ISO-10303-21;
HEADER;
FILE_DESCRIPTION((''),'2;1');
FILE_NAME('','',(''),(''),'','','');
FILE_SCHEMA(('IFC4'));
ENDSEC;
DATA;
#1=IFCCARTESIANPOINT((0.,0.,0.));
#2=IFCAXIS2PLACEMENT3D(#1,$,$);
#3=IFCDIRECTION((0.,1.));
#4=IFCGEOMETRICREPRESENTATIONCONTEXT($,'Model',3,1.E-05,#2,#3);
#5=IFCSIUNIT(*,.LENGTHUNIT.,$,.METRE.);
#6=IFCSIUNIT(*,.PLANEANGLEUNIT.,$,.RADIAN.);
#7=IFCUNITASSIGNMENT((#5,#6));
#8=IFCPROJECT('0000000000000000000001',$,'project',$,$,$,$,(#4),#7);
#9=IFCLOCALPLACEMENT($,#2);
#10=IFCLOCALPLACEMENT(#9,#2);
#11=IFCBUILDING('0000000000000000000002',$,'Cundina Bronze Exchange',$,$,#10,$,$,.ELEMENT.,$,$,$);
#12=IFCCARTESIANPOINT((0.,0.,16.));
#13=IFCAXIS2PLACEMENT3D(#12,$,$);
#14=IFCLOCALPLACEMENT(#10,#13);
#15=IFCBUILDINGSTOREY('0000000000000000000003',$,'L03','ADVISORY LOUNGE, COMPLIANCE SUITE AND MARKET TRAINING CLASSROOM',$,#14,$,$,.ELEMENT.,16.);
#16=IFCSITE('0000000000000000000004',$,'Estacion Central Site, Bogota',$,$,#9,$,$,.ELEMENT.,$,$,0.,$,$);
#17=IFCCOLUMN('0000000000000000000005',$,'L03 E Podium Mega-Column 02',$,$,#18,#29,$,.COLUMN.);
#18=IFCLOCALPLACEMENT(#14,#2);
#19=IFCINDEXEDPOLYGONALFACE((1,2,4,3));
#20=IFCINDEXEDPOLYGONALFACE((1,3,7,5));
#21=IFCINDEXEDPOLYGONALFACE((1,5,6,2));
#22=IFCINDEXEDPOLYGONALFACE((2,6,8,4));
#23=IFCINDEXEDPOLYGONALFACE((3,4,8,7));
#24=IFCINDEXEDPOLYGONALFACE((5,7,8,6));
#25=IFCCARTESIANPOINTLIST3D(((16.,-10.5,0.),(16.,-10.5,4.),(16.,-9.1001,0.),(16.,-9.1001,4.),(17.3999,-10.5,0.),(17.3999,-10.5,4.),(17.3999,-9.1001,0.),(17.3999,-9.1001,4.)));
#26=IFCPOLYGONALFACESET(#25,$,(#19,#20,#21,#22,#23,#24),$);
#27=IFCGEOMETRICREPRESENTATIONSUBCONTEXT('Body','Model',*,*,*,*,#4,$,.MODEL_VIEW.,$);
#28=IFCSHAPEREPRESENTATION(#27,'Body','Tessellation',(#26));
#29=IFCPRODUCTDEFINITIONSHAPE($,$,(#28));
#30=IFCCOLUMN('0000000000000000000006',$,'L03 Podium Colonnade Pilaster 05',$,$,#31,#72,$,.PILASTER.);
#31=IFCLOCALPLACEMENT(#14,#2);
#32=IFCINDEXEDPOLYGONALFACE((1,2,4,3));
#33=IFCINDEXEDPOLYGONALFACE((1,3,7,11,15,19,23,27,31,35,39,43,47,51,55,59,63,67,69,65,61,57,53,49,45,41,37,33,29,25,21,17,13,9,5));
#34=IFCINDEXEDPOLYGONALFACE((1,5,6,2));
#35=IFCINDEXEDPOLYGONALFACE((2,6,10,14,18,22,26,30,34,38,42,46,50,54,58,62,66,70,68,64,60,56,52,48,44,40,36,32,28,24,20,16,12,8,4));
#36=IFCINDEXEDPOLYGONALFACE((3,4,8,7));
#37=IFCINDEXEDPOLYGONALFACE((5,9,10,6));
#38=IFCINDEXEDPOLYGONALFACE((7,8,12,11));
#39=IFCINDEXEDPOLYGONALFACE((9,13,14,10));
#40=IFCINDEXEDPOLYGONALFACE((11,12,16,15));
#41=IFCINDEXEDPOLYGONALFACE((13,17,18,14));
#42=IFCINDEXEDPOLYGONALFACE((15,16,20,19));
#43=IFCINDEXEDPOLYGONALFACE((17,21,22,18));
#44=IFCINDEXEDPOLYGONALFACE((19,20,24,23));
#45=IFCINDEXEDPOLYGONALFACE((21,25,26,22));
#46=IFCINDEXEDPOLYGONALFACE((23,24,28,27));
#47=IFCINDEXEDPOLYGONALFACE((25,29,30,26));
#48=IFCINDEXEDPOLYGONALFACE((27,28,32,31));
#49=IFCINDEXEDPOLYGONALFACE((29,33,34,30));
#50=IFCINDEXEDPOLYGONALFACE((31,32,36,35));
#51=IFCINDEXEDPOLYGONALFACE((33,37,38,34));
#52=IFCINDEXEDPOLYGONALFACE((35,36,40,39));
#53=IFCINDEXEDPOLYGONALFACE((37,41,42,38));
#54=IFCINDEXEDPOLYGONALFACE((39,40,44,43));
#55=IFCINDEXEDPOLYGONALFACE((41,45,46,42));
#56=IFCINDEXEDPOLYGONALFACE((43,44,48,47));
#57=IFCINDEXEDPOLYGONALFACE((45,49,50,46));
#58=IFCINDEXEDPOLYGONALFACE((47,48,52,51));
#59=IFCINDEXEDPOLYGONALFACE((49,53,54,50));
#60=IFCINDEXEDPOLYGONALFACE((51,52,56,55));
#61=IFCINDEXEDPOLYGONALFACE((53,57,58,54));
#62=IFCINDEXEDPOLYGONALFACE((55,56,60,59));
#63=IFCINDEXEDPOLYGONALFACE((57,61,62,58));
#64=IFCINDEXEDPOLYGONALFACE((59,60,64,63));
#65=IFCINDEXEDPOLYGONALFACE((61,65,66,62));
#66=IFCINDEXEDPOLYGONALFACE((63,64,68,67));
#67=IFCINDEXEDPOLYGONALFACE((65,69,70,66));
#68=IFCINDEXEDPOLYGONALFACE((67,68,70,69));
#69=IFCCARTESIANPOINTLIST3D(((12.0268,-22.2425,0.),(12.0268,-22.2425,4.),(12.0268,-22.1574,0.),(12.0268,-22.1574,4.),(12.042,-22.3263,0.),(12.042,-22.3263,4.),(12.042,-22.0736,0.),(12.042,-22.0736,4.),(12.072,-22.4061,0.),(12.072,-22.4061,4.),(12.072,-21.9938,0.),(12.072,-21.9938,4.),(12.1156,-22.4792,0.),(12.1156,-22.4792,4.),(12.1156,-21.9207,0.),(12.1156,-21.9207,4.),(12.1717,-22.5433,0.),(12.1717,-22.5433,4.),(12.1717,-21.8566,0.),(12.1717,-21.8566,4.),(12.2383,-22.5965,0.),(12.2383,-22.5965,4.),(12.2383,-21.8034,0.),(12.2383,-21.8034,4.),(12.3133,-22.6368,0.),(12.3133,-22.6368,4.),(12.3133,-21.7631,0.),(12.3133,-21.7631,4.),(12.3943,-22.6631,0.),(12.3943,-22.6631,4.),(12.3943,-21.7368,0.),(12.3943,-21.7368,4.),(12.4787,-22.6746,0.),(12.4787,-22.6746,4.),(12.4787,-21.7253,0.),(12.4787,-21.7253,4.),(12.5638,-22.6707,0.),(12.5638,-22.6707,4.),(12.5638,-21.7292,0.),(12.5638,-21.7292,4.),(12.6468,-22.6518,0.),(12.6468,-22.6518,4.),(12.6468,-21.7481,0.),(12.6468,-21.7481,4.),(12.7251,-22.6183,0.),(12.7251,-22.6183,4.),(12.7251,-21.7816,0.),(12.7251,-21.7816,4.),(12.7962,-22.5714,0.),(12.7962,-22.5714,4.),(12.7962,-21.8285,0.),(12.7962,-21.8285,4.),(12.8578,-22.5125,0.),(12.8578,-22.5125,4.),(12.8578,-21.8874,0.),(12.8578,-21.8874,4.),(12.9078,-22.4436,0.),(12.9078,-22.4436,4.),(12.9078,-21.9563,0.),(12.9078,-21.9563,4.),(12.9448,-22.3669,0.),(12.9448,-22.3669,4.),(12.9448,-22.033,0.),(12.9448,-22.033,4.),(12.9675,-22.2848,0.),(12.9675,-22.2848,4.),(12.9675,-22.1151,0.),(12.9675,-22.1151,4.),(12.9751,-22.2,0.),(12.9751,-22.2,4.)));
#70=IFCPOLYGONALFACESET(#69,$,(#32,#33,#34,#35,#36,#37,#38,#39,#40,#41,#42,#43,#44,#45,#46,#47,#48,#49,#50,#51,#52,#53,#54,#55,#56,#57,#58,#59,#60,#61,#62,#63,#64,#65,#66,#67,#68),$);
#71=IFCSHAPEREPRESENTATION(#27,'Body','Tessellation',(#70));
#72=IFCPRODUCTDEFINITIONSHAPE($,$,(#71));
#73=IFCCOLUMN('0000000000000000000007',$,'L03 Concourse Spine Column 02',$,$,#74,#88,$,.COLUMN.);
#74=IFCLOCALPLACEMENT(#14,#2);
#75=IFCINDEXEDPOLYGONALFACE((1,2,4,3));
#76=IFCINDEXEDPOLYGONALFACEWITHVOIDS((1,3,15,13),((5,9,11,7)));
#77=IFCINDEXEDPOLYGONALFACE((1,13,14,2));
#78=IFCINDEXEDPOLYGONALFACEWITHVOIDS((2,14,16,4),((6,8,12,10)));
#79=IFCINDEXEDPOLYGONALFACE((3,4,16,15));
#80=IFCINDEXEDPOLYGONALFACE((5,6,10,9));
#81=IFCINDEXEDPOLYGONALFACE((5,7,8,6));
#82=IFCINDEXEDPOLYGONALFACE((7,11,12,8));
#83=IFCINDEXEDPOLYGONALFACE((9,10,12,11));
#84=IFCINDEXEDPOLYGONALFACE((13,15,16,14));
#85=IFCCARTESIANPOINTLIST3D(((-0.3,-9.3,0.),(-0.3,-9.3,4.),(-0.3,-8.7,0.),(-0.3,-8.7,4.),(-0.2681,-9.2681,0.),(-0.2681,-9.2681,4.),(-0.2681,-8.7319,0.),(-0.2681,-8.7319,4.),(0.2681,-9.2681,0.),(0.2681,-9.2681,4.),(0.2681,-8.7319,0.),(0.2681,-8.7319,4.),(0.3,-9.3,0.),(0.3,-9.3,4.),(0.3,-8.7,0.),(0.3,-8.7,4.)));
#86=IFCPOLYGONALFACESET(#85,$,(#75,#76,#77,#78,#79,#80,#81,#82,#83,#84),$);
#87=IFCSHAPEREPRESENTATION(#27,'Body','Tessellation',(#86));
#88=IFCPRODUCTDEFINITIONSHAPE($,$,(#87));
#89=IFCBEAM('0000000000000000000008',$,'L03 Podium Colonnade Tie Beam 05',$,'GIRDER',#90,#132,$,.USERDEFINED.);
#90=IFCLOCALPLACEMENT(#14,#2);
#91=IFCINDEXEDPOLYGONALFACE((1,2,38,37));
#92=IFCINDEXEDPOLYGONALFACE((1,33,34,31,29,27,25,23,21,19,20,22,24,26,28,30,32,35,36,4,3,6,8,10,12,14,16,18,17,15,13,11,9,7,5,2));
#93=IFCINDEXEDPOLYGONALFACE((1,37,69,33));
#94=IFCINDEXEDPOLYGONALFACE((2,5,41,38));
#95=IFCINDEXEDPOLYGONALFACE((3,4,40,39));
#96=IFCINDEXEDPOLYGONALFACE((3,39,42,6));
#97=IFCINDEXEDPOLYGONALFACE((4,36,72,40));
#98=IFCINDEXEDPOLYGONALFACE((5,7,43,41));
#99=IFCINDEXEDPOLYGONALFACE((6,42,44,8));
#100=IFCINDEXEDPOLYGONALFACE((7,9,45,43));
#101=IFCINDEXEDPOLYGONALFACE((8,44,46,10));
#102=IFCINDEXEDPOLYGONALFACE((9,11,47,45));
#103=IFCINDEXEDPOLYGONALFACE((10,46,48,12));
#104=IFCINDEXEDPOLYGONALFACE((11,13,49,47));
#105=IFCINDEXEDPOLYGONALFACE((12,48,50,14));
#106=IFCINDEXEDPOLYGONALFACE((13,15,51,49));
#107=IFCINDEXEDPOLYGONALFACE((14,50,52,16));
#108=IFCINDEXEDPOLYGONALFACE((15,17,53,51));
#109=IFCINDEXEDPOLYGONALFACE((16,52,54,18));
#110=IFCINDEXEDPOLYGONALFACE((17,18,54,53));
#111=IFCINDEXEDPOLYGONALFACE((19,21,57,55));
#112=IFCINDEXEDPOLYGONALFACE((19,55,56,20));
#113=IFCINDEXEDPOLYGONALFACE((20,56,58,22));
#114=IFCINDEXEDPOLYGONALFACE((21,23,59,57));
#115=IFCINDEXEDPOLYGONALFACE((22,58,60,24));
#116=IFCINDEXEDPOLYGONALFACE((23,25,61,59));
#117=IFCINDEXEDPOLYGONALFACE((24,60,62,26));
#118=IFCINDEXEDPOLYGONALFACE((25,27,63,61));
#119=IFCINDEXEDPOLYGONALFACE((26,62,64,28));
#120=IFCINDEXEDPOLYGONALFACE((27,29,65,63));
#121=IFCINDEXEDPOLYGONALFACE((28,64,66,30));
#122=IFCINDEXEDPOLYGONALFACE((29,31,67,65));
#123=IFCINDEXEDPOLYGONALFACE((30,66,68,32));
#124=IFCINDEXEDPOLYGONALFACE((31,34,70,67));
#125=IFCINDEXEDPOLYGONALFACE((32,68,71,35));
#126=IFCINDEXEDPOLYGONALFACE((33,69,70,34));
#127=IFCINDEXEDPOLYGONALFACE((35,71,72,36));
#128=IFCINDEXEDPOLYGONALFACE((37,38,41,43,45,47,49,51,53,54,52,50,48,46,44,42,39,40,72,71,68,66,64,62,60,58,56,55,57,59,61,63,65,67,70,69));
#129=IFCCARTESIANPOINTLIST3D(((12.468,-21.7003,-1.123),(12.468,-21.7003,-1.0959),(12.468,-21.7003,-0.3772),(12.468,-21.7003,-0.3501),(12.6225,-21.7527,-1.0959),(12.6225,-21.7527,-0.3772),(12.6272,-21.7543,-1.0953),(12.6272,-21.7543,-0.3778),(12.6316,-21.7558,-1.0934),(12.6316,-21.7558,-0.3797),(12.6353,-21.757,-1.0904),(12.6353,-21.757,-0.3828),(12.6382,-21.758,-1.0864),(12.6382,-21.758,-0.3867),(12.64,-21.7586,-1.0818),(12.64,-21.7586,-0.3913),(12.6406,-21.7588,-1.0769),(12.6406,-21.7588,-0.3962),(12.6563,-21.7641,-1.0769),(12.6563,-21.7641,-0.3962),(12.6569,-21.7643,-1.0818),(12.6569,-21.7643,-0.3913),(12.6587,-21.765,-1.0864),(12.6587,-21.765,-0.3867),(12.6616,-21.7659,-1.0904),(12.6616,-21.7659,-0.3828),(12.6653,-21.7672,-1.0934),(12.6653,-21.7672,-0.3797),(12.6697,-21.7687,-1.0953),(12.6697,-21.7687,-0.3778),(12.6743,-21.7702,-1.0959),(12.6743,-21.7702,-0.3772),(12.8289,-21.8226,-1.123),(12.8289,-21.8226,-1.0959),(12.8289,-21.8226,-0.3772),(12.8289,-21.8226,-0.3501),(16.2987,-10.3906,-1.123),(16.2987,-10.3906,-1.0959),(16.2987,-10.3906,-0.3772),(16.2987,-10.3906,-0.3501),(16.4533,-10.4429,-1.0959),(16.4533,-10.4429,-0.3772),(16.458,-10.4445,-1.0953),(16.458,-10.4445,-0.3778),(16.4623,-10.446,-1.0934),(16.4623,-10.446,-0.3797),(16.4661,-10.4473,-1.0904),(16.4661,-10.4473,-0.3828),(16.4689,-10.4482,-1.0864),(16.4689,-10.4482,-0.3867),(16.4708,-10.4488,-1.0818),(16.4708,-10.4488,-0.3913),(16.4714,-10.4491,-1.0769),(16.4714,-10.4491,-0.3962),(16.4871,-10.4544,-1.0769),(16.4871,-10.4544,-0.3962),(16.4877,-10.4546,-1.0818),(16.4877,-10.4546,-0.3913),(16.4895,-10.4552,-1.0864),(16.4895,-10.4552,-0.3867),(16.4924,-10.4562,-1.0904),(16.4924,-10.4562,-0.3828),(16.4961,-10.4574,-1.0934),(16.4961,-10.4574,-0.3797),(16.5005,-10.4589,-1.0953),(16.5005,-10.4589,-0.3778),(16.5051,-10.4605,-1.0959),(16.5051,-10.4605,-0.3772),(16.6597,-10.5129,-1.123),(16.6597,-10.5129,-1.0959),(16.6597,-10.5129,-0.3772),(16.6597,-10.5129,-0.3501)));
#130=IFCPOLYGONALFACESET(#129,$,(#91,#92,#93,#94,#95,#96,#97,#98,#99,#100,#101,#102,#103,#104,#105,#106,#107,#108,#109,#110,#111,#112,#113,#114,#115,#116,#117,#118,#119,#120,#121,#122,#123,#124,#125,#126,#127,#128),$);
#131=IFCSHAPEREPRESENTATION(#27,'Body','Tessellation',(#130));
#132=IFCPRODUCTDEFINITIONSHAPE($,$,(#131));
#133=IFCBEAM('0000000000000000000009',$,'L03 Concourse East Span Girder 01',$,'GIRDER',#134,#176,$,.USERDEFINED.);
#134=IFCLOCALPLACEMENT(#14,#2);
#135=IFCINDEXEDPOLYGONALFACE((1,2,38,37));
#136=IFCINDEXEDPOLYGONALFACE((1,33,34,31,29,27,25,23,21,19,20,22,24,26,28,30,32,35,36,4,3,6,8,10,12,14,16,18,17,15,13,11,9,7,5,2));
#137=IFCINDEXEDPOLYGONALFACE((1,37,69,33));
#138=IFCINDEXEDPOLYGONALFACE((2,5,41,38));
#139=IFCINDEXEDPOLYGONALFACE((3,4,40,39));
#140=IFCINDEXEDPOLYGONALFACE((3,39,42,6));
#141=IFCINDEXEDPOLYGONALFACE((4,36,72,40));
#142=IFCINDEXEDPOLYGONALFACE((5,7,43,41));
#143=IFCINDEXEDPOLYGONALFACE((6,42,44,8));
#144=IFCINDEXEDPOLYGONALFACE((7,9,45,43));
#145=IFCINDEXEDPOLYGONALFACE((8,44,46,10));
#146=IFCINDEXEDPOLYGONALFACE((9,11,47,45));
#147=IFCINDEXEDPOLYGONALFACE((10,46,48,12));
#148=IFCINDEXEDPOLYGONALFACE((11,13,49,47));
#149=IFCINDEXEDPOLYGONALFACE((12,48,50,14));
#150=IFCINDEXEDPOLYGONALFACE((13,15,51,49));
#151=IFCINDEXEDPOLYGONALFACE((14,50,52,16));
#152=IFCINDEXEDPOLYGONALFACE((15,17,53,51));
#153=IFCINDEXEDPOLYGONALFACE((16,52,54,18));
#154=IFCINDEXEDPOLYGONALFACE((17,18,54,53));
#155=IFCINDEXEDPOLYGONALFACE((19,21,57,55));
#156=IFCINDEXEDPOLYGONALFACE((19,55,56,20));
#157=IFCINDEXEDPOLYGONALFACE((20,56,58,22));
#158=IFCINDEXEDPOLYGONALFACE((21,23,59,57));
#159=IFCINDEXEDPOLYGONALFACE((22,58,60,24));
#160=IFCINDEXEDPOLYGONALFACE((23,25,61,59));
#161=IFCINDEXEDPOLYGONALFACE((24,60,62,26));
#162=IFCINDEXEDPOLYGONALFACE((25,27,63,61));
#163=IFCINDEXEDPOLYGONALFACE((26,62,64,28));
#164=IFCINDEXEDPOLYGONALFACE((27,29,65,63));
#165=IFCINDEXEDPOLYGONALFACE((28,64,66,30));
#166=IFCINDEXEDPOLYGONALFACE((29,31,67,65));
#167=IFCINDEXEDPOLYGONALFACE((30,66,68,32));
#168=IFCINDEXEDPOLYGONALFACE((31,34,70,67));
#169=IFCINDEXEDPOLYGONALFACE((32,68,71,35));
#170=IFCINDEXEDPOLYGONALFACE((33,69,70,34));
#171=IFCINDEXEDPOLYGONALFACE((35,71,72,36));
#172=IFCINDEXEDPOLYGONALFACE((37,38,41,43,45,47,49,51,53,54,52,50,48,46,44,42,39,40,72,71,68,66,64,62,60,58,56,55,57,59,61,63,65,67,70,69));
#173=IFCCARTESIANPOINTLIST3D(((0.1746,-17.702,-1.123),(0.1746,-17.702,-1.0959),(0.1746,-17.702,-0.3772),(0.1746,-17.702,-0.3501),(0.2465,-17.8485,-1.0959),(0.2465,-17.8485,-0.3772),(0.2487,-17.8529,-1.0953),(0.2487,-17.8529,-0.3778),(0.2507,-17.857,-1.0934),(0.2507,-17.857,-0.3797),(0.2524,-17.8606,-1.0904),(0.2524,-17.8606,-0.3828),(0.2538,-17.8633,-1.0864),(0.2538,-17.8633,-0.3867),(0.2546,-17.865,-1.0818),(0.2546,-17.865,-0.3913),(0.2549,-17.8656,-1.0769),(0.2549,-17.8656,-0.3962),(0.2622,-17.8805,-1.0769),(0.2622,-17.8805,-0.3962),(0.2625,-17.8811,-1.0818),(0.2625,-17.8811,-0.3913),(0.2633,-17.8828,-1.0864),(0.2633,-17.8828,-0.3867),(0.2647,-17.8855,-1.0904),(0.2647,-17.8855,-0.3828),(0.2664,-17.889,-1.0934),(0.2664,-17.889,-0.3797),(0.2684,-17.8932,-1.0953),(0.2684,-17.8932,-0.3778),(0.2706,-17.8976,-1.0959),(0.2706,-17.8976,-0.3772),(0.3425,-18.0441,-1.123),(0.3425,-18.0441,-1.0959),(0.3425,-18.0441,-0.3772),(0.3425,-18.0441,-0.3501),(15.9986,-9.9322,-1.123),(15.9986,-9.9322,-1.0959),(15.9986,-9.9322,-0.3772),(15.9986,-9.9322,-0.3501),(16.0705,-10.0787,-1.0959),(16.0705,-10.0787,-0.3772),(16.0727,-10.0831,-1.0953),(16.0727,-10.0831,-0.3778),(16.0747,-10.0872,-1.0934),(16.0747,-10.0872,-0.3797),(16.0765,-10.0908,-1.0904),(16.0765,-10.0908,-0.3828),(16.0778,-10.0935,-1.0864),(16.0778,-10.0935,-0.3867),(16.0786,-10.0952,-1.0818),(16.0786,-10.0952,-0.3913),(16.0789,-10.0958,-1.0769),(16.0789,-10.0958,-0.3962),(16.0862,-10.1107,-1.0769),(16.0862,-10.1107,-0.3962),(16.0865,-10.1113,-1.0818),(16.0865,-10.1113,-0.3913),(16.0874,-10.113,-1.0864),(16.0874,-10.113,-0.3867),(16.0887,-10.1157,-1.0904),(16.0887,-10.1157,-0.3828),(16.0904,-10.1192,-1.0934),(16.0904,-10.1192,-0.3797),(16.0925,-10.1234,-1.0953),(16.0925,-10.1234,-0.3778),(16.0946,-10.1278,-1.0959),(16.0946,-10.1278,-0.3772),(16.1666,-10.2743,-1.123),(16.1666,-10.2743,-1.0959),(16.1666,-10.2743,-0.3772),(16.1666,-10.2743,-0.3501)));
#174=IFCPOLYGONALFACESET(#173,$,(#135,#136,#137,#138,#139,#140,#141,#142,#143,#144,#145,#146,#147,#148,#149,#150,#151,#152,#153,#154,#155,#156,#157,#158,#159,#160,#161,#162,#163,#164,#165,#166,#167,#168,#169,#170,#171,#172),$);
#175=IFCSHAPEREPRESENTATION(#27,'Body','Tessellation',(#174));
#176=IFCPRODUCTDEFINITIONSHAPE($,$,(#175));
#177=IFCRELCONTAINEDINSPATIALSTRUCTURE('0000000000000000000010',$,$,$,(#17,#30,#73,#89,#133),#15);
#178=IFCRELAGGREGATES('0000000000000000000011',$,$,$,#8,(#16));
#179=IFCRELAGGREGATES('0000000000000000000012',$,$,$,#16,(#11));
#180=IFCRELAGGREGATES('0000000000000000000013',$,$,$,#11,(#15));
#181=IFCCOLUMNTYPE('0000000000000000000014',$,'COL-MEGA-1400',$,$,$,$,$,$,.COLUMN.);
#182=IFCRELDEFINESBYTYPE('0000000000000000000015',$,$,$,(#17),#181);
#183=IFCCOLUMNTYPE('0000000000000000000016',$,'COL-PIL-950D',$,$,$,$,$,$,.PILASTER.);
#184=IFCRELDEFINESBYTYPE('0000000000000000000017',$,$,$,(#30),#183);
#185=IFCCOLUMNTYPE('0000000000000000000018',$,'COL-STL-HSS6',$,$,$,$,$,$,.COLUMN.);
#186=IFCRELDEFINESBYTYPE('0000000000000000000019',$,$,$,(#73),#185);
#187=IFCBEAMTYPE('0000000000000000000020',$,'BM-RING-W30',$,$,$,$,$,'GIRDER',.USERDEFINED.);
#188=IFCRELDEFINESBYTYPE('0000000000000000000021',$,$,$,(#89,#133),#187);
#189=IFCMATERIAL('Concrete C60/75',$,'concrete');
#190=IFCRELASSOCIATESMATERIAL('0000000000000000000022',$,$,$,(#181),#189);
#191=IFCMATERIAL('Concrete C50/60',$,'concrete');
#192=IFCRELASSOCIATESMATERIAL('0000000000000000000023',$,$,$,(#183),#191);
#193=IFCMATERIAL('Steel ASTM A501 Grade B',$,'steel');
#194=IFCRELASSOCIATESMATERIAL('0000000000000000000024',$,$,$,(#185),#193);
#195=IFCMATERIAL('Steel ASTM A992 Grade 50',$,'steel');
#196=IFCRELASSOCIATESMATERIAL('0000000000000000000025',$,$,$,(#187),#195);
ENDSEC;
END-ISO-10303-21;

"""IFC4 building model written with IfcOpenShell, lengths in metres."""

from ifc_helpers import new_model, si_unit, direction, frame, origin, origin_2d, place, context, subcontext, project, spatial, rectangle, hollow_rectangle, circle, i_section, extrude, material, material_profile, profile_set, type_object, element, save


model = new_model("IFC4")

# Units and contexts
model_context = context("Model", 3, precision=1e-05, world=origin(), true_north=direction((0.0, 1.0)))
body_context = subcontext(model_context, "Body", "Model", "MODEL_VIEW")
ifc_project = project(units=[si_unit("LENGTHUNIT", "METRE"), si_unit("PLANEANGLEUNIT", "RADIAN")], contexts=[model_context])

# Site, building, storey
site_placement = place(None, origin())
site = spatial("IfcSite", under=ifc_project, at=site_placement, Name="Estacion Central Site, Bogota", CompositionType="ELEMENT", RefElevation=0.0)
building_placement = place(site_placement, origin())
building = spatial("IfcBuilding", under=site, at=building_placement, Name="Cundina Bronze Exchange", CompositionType="ELEMENT")
storey_placement = place(building_placement, frame((0.0, 0.0, 16.0)))
storey = spatial("IfcBuildingStorey", under=building, at=storey_placement, Name="L03", Description="ADVISORY LOUNGE, COMPLIANCE SUITE AND MARKET TRAINING CLASSROOM", CompositionType="ELEMENT", Elevation=16.0)

# Columns
ifc_material_1 = material(Name="Concrete C60/75", Category="concrete")
ifc_material_profile_1 = material_profile(ifc_material_1, rectangle(XDim=1.3999, YDim=1.3999, at=origin_2d()), Name="RC1400X1400", Category="concrete")
ifc_profile_set_1 = profile_set([ifc_material_profile_1], Name="Concrete C60/75")
column_type_1 = type_object("IfcColumnType", Name="COL-MEGA-1400", PredefinedType="COLUMN", material=ifc_profile_set_1)
column_1_placement = place(storey_placement, frame((16.7, -9.8, 0.0), z_axis=(0.0, 0.0, 1.0), x_axis=(1.0, 0.0, 0.0)))
element("IfcColumn", 1, at=column_1_placement, inside=storey, type_object=column_type_1, Name="L03 E Podium Mega-Column 02", PredefinedType="COLUMN", context=body_context, shape_type="SweptSolid", body=[
    extrude(rectangle(XDim=1.3999, YDim=1.3999, at=origin_2d()), origin(), (0.0, 0.0, 1.0), 4.0),
])
ifc_material_2 = material(Name="Concrete C50/60", Category="concrete")
ifc_material_profile_2 = material_profile(ifc_material_2, circle(Radius=0.4751, at=origin_2d()), Name="RC950D", Category="concrete")
ifc_profile_set_2 = profile_set([ifc_material_profile_2], Name="Concrete C50/60")
column_type_2 = type_object("IfcColumnType", Name="COL-PIL-950D", PredefinedType="PILASTER", material=ifc_profile_set_2)
column_2_placement = place(storey_placement, frame((12.5, -22.2, 0.0), z_axis=(0.0, 0.0, 1.0), x_axis=(1.0, 0.0, 0.0)))
element("IfcColumn", 2, at=column_2_placement, inside=storey, type_object=column_type_2, Name="L03 Podium Colonnade Pilaster 05", PredefinedType="PILASTER", context=body_context, shape_type="SweptSolid", body=[
    extrude(circle(Radius=0.4751, at=origin_2d()), origin(), (0.0, 0.0, 1.0), 4.0),
])
ifc_material_3 = material(Name="Steel ASTM A501 Grade B", Category="steel")
ifc_material_profile_3 = material_profile(ifc_material_3, hollow_rectangle(XDim=0.6001, YDim=0.6001, WallThickness=0.032, at=origin_2d()), Name="HSS600X600X32", Category="steel")
ifc_profile_set_3 = profile_set([ifc_material_profile_3], Name="Steel ASTM A501 Grade B")
column_type_3 = type_object("IfcColumnType", Name="COL-STL-HSS6", PredefinedType="COLUMN", material=ifc_profile_set_3)
column_3_placement = place(storey_placement, frame((0.0, -9.0, 0.0), z_axis=(0.0, 0.0, 1.0), x_axis=(1.0, 0.0, 0.0)))
element("IfcColumn", 3, at=column_3_placement, inside=storey, type_object=column_type_3, Name="L03 Concourse Spine Column 02", PredefinedType="COLUMN", context=body_context, shape_type="SweptSolid", body=[
    extrude(hollow_rectangle(XDim=0.6001, YDim=0.6001, WallThickness=0.032, at=origin_2d()), origin(), (0.0, 0.0, 1.0), 4.0),
])

# Beams
ifc_material_4 = material(Name="Steel ASTM A992 Grade 50", Category="steel")
ifc_material_profile_4 = material_profile(ifc_material_4, i_section(OverallWidth=0.3811, OverallDepth=0.7729, WebThickness=0.0166, FlangeThickness=0.0271, FilletRadius=0.019, at=origin_2d()), Name="W30X173", Category="steel")
ifc_profile_set_4 = profile_set([ifc_material_profile_4], Name="Steel ASTM A992 Grade 50")
beam_type = type_object("IfcBeamType", Name="BM-RING-W30", ElementType="GIRDER", PredefinedType="USERDEFINED", material=ifc_profile_set_4)
beam_1_placement = place(storey_placement, frame((12.6484, -21.7615, -0.7366), z_axis=(0.320812, 0.947143, 0.0), x_axis=(-0.947143, 0.320812, 0.0)))
element("IfcBeam", 4, at=beam_1_placement, inside=storey, type_object=beam_type, Name="L03 Podium Colonnade Tie Beam 05", ObjectType="GIRDER", PredefinedType="USERDEFINED", context=body_context, shape_type="SweptSolid", body=[
    extrude(i_section(OverallWidth=0.3811, OverallDepth=0.7729, WebThickness=0.0166, FlangeThickness=0.0271, FilletRadius=0.019, at=origin_2d()), origin(), (0.0, 0.0, 1.0), 11.9409),
])
beam_2_placement = place(storey_placement, frame((0.2585, -17.873, -0.7366), z_axis=(0.897631, 0.440748, 0.0), x_axis=(-0.440748, 0.897631, 0.0)))
element("IfcBeam", 5, at=beam_2_placement, inside=storey, type_object=beam_type, Name="L03 Concourse East Span Girder 01", ObjectType="GIRDER", PredefinedType="USERDEFINED", context=body_context, shape_type="SweptSolid", body=[
    extrude(i_section(OverallWidth=0.3811, OverallDepth=0.7729, WebThickness=0.0166, FlangeThickness=0.0271, FilletRadius=0.019, at=origin_2d()), origin(), (0.0, 0.0, 1.0), 17.6287),
])

save(model, "model.ifc")
